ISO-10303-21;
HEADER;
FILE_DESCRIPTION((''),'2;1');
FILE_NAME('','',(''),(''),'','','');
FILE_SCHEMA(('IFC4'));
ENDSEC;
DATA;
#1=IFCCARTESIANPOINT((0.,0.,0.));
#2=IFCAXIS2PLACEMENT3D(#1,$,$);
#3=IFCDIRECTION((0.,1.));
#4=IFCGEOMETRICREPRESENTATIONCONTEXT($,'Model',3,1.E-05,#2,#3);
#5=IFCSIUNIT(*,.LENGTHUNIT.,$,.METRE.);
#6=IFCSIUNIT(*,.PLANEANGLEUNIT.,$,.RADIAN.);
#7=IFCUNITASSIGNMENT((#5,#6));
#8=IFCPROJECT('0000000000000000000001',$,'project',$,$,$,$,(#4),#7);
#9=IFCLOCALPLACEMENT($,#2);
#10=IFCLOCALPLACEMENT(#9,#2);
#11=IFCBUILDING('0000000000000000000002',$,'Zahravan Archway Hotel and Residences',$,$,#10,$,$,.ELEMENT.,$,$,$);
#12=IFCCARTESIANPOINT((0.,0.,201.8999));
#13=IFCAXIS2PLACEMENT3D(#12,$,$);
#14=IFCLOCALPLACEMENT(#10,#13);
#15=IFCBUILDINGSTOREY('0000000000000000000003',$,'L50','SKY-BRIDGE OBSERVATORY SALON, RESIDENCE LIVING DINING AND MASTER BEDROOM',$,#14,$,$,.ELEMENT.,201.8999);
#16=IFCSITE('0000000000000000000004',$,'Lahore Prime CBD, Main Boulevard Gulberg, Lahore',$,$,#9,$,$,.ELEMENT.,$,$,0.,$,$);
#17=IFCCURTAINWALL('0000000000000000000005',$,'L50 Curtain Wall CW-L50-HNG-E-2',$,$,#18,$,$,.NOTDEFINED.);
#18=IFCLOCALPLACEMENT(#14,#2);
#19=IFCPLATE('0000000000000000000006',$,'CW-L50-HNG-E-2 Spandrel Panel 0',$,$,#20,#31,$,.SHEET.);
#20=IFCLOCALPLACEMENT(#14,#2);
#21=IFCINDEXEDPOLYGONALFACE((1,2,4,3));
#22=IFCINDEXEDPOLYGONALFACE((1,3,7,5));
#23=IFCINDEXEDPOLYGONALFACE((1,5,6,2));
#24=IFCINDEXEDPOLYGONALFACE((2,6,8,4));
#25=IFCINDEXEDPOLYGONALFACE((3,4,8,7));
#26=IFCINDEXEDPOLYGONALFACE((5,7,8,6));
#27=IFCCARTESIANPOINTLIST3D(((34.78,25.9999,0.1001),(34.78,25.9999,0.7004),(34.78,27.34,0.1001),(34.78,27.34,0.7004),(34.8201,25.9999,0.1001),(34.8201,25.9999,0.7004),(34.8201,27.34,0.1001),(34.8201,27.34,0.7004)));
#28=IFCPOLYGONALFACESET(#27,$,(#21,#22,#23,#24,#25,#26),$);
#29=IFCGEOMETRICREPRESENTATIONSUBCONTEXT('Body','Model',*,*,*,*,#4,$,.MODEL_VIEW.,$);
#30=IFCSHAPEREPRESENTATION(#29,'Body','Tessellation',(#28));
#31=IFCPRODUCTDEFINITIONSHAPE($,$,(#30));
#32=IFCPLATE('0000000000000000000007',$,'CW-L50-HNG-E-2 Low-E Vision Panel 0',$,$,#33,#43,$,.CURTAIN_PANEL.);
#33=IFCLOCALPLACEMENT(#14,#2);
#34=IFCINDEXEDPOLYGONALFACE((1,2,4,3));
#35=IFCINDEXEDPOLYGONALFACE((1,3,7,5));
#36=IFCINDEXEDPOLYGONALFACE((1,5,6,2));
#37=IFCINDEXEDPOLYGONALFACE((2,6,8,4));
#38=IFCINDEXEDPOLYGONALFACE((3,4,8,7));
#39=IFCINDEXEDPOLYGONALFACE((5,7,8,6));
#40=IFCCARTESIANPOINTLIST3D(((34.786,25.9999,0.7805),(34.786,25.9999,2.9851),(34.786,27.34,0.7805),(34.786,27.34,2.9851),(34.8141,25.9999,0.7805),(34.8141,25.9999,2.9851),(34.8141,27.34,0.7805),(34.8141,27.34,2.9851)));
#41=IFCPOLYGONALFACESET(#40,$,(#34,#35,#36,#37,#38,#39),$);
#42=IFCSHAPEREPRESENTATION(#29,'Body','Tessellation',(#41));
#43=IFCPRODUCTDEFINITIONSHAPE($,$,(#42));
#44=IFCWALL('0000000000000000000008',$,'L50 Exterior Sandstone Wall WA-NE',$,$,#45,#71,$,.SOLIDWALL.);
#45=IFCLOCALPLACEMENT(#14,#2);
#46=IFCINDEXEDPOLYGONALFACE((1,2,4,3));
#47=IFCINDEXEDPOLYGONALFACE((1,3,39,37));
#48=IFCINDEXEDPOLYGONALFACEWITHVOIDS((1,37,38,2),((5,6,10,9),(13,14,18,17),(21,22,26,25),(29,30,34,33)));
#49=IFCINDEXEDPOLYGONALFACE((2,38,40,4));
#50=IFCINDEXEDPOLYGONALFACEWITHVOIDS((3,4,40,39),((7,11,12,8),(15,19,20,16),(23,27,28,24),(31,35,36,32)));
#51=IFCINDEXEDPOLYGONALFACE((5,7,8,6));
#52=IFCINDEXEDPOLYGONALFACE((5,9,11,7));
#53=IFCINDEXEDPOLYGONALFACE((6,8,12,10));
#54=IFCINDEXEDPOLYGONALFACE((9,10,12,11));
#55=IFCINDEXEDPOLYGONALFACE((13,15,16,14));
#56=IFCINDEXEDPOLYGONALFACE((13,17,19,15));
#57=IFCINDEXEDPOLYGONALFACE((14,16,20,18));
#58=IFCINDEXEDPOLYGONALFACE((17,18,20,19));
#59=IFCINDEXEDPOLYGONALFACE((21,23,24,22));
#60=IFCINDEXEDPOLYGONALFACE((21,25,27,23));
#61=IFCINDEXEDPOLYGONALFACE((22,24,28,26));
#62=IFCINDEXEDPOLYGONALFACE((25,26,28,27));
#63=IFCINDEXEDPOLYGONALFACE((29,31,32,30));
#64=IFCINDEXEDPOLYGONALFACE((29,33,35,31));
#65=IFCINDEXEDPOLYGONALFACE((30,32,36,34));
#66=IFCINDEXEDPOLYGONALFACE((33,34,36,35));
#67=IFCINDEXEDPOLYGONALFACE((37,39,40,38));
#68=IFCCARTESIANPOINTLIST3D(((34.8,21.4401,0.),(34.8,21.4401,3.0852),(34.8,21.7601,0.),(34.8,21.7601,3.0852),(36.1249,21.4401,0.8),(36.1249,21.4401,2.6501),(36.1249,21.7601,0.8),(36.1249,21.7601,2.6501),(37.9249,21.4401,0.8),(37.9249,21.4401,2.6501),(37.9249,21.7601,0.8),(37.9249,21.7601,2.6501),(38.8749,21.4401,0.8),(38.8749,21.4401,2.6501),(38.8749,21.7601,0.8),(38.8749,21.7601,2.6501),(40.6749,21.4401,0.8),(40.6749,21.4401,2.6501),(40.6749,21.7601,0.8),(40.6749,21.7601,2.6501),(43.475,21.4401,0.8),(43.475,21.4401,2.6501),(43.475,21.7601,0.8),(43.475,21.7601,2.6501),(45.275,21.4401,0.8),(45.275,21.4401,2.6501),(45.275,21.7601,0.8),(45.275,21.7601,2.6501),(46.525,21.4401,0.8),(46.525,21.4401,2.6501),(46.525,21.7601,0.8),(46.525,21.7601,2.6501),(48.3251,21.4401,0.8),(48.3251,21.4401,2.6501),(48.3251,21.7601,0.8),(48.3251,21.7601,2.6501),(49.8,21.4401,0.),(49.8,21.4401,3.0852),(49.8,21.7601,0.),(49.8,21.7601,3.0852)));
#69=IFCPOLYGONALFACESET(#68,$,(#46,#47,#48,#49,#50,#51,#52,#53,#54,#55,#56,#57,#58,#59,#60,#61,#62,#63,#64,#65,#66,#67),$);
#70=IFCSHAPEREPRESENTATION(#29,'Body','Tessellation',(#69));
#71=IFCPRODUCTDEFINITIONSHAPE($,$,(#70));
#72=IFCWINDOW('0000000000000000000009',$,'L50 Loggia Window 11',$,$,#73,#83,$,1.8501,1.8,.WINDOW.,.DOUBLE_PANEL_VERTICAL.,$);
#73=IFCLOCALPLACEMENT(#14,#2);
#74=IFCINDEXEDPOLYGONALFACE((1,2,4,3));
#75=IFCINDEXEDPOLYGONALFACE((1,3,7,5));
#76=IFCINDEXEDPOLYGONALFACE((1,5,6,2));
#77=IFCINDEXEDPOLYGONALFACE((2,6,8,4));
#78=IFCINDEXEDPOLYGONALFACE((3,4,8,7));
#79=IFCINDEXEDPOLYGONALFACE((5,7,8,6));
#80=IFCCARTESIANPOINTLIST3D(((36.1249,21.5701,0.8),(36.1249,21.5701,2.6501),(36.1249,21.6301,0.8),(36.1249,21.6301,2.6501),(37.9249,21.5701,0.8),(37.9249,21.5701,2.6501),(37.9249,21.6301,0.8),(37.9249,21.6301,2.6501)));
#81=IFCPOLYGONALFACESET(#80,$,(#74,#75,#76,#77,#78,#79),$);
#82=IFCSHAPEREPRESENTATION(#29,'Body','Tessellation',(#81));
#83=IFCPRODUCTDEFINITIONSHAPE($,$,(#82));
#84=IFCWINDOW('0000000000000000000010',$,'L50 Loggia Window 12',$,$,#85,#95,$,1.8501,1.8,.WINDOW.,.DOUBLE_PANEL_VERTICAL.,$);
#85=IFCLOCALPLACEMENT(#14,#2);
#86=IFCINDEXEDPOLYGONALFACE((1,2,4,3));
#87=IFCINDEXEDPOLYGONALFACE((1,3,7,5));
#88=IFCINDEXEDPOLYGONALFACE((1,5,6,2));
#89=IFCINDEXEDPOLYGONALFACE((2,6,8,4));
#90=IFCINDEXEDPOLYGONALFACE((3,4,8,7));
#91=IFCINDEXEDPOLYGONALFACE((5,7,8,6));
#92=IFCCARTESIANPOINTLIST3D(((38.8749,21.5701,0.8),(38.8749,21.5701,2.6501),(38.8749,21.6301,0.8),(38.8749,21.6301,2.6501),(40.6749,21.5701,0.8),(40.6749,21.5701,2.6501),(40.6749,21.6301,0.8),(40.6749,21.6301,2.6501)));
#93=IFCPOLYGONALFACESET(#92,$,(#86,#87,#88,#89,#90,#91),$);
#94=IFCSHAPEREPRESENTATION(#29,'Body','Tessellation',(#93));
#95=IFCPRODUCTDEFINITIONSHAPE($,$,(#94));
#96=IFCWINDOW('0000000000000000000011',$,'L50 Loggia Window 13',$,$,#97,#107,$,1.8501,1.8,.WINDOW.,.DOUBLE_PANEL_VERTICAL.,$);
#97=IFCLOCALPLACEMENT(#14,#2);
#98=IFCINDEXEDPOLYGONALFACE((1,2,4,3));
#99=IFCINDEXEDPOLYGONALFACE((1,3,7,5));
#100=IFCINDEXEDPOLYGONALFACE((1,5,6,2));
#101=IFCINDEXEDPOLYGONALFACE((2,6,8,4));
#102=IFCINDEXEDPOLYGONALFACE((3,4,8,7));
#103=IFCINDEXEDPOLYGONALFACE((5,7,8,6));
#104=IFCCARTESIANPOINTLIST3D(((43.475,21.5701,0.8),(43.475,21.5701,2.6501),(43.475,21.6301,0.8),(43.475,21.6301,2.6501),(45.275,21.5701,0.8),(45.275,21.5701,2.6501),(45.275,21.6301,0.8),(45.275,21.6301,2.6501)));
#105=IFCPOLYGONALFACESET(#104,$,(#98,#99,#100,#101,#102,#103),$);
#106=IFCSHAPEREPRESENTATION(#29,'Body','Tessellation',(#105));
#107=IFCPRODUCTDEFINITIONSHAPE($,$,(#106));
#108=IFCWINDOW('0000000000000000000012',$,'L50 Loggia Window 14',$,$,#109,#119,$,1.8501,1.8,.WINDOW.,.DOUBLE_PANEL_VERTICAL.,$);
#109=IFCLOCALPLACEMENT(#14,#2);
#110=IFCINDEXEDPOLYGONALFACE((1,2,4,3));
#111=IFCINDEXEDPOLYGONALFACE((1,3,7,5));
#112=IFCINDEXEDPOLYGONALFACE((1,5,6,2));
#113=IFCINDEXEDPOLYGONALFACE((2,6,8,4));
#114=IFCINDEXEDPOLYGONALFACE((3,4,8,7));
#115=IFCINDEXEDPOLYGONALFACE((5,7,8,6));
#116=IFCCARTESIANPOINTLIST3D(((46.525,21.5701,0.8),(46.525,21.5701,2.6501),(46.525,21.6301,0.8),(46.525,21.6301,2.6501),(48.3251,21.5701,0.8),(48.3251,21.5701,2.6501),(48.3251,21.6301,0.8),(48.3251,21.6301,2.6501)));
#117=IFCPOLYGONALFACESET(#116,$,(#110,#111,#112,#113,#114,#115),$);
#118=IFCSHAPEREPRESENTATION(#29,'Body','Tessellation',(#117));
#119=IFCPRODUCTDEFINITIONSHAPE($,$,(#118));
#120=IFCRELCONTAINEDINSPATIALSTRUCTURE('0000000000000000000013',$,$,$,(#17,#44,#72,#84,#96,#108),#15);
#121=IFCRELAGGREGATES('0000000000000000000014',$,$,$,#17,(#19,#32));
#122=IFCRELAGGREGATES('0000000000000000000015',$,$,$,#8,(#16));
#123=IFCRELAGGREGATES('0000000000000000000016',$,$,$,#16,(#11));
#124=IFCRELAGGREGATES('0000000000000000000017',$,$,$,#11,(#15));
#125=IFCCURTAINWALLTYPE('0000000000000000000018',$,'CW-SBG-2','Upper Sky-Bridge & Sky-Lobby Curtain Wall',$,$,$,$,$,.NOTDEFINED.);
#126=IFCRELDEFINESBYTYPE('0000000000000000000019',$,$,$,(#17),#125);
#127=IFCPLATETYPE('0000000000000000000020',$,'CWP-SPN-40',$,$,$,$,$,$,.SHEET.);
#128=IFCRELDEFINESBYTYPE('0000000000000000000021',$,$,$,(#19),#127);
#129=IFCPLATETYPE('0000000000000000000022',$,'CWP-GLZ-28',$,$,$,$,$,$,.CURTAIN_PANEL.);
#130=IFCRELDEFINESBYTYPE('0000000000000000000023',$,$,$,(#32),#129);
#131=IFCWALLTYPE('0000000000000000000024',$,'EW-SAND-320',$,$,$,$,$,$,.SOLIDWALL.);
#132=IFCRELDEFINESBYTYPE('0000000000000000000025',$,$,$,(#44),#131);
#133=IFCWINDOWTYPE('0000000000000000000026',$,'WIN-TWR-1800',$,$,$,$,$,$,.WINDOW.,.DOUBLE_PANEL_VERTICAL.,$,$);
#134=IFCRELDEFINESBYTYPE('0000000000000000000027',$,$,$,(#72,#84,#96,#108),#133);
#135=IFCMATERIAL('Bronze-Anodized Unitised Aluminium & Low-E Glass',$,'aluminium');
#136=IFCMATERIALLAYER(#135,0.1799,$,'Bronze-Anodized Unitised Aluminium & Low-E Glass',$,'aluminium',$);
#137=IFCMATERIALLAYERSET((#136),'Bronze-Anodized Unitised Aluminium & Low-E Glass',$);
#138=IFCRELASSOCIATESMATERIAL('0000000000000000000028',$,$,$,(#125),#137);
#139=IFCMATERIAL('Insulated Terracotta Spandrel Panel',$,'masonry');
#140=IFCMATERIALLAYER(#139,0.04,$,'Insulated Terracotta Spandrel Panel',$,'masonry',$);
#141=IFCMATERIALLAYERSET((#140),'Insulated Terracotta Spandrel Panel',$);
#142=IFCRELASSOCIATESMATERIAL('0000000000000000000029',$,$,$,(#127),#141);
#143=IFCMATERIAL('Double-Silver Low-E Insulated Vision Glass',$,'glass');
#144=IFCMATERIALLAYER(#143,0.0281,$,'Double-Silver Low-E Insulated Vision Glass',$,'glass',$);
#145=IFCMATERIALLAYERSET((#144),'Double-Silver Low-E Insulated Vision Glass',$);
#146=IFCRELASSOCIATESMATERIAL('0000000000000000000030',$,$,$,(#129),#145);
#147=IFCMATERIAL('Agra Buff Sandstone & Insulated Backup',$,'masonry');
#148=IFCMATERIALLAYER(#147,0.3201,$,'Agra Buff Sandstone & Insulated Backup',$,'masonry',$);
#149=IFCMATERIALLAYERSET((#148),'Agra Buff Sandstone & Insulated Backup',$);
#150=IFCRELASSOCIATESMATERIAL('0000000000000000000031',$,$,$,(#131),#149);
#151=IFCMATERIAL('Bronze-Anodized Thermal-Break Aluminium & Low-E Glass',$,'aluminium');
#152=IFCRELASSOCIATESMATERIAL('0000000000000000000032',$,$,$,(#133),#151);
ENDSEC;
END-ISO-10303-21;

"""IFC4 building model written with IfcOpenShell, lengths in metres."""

from ifc_helpers import new_model, si_unit, direction, frame, frame_2d, origin, origin_2d, place, context, subcontext, project, spatial, rectangle, extrude, source, transform, mapped, material, layer, layer_set, type_object, type_shapes, element, fill, aggregate, save


model = new_model("IFC4")

# Units and contexts
model_context = context("Model", 3, precision=1e-05, world=origin(), true_north=direction((0.0, 1.0)))
body_context = subcontext(model_context, "Body", "Model", "MODEL_VIEW")
ifc_project = project(units=[si_unit("LENGTHUNIT", "METRE"), si_unit("PLANEANGLEUNIT", "RADIAN")], contexts=[model_context])

# Site, building, storey
site_placement = place(None, origin())
site = spatial("IfcSite", under=ifc_project, at=site_placement, Name="Lahore Prime CBD, Main Boulevard Gulberg, Lahore", CompositionType="ELEMENT", RefElevation=0.0)
building_placement = place(site_placement, origin())
building = spatial("IfcBuilding", under=site, at=building_placement, Name="Zahravan Archway Hotel and Residences", CompositionType="ELEMENT")
storey_placement = place(building_placement, frame((0.0, 0.0, 201.8999)))
storey = spatial("IfcBuildingStorey", under=building, at=storey_placement, Name="L50", Description="SKY-BRIDGE OBSERVATORY SALON, RESIDENCE LIVING DINING AND MASTER BEDROOM", CompositionType="ELEMENT", Elevation=201.8999)

# Curtain wall
ifc_material_1 = material(Name="Bronze-Anodized Unitised Aluminium & Low-E Glass", Category="aluminium")
ifc_layer_1 = layer(ifc_material_1, 0.1799, Name="Bronze-Anodized Unitised Aluminium & Low-E Glass", Category="aluminium")
ifc_layer_set_1 = layer_set([ifc_layer_1], Name="Bronze-Anodized Unitised Aluminium & Low-E Glass")
curtain_wall_type = type_object("IfcCurtainWallType", Name="CW-SBG-2", Description="Upper Sky-Bridge & Sky-Lobby Curtain Wall", PredefinedType="NOTDEFINED", material=ifc_layer_set_1)
curtain_wall_1_placement = place(storey_placement, origin())
curtain_wall_1 = element("IfcCurtainWall", 1, at=curtain_wall_1_placement, inside=storey, type_object=curtain_wall_type, Name="L50 Curtain Wall CW-L50-HNG-E-2", PredefinedType="NOTDEFINED")

# Plates
ifc_material_2 = material(Name="Insulated Terracotta Spandrel Panel", Category="masonry")
ifc_layer_2 = layer(ifc_material_2, 0.04, Name="Insulated Terracotta Spandrel Panel", Category="masonry")
ifc_layer_set_2 = layer_set([ifc_layer_2], Name="Insulated Terracotta Spandrel Panel")
plate_type_1 = type_object("IfcPlateType", Name="CWP-SPN-40", PredefinedType="SHEET", material=ifc_layer_set_2)
ifc_material_3 = material(Name="Double-Silver Low-E Insulated Vision Glass", Category="glass")
ifc_layer_3 = layer(ifc_material_3, 0.0281, Name="Double-Silver Low-E Insulated Vision Glass", Category="glass")
ifc_layer_set_3 = layer_set([ifc_layer_3], Name="Double-Silver Low-E Insulated Vision Glass")
plate_type_2 = type_object("IfcPlateType", Name="CWP-GLZ-28", PredefinedType="CURTAIN_PANEL", material=ifc_layer_set_3)
shared_shape_1 = source(origin(), body_context, "Body", "SweptSolid", [
    extrude(rectangle(XDim=1.3401, YDim=0.04, at=origin_2d()), origin(), (0.0, 0.0, 1.0), 0.6003),
])
plate_1_placement = place(storey_placement, frame((34.8, 26.6699, 0.1001), z_axis=(0.0, 0.0, 1.0), x_axis=(0.0, 1.0, 0.0)))
plate_1 = element("IfcPlate", 2, at=plate_1_placement, type_object=plate_type_1, Name="CW-L50-HNG-E-2 Spandrel Panel 0", PredefinedType="SHEET", context=body_context, shape_type="MappedRepresentation", body=[
    mapped(shared_shape_1, transform((0.0, 0.0, 0.0), scale=1.0)),
])
shared_shape_2 = source(origin(), body_context, "Body", "SweptSolid", [
    extrude(rectangle(XDim=1.3401, YDim=0.0281, at=origin_2d()), origin(), (0.0, 0.0, 1.0), 2.2046),
])
plate_2_placement = place(storey_placement, frame((34.8, 26.6699, 0.7805), z_axis=(0.0, 0.0, 1.0), x_axis=(0.0, 1.0, 0.0)))
plate_2 = element("IfcPlate", 3, at=plate_2_placement, type_object=plate_type_2, Name="CW-L50-HNG-E-2 Low-E Vision Panel 0", PredefinedType="CURTAIN_PANEL", context=body_context, shape_type="MappedRepresentation", body=[
    mapped(shared_shape_2, transform((0.0, 0.0, 0.0), scale=1.0)),
])
aggregate(curtain_wall_1, [plate_1, plate_2])

# Wall, openings, windows
ifc_material_4 = material(Name="Agra Buff Sandstone & Insulated Backup", Category="masonry")
ifc_layer_4 = layer(ifc_material_4, 0.3201, Name="Agra Buff Sandstone & Insulated Backup", Category="masonry")
ifc_layer_set_4 = layer_set([ifc_layer_4], Name="Agra Buff Sandstone & Insulated Backup")
wall_type = type_object("IfcWallType", Name="EW-SAND-320", PredefinedType="SOLIDWALL", material=ifc_layer_set_4)
wall_placement = place(storey_placement, frame((34.8, 21.6001, 0.0), z_axis=(0.0, 0.0, 1.0), x_axis=(1.0, 0.0, 0.0)))
wall = element("IfcWall", 4, at=wall_placement, inside=storey, type_object=wall_type, Name="L50 Exterior Sandstone Wall WA-NE", PredefinedType="SOLIDWALL", context=body_context, shape_type="SweptSolid", body=[
    extrude(rectangle(XDim=15.0, YDim=0.3201, at=frame_2d((7.5, 0.0))), origin(), (0.0, 0.0, 1.0), 3.0852),
])
opening_1_placement = place(wall_placement, frame((1.325, 0.0, 0.8)))
opening_1 = element("IfcOpeningElement", 5, at=opening_1_placement, cuts=wall, PredefinedType="OPENING", context=body_context, shape_type="SweptSolid", body=[
    extrude(rectangle(XDim=1.8, YDim=1.8501, at=frame_2d((0.8999, 0.925))), frame((0.0, 0.1699, 0.0), z_axis=(0.0, -1.0, 0.0), x_axis=(1.0, 0.0, 0.0)), (0.0, 0.0, 1.0), 0.3401),
])
opening_2_placement = place(wall_placement, frame((4.075, 0.0, 0.8)))
opening_2 = element("IfcOpeningElement", 6, at=opening_2_placement, cuts=wall, PredefinedType="OPENING", context=body_context, shape_type="SweptSolid", body=[
    extrude(rectangle(XDim=1.8, YDim=1.8501, at=frame_2d((0.8999, 0.925))), frame((0.0, 0.1699, 0.0), z_axis=(0.0, -1.0, 0.0), x_axis=(1.0, 0.0, 0.0)), (0.0, 0.0, 1.0), 0.3401),
])
opening_3_placement = place(wall_placement, frame((8.675, 0.0, 0.8)))
opening_3 = element("IfcOpeningElement", 7, at=opening_3_placement, cuts=wall, PredefinedType="OPENING", context=body_context, shape_type="SweptSolid", body=[
    extrude(rectangle(XDim=1.8, YDim=1.8501, at=frame_2d((0.8999, 0.925))), frame((0.0, 0.1699, 0.0), z_axis=(0.0, -1.0, 0.0), x_axis=(1.0, 0.0, 0.0)), (0.0, 0.0, 1.0), 0.3401),
])
opening_4_placement = place(wall_placement, frame((11.7251, 0.0, 0.8)))
opening_4 = element("IfcOpeningElement", 8, at=opening_4_placement, cuts=wall, PredefinedType="OPENING", context=body_context, shape_type="SweptSolid", body=[
    extrude(rectangle(XDim=1.8, YDim=1.8501, at=frame_2d((0.8999, 0.925))), frame((0.0, 0.1699, 0.0), z_axis=(0.0, -1.0, 0.0), x_axis=(1.0, 0.0, 0.0)), (0.0, 0.0, 1.0), 0.3401),
])
ifc_material_5 = material(Name="Bronze-Anodized Thermal-Break Aluminium & Low-E Glass", Category="aluminium")
window_type = type_object("IfcWindowType", Name="WIN-TWR-1800", PartitioningType="DOUBLE_PANEL_VERTICAL", PredefinedType="WINDOW", material=ifc_material_5)
shared_shape_3 = source(origin(), body_context, "Body", "SweptSolid", [
    extrude(rectangle(XDim=1.8, YDim=1.8501, at=frame_2d((0.8999, 0.925))), frame((0.0, 0.03, 0.0), z_axis=(0.0, -1.0, 0.0), x_axis=(1.0, 0.0, 0.0)), (0.0, 0.0, 1.0), 0.0601),
])
type_shapes(window_type, [shared_shape_3])
window_1_placement = place(opening_1_placement, origin())
window_1 = element("IfcWindow", 9, at=window_1_placement, inside=storey, type_object=window_type, Name="L50 Loggia Window 11", OverallHeight=1.8501, OverallWidth=1.8, PartitioningType="DOUBLE_PANEL_VERTICAL", PredefinedType="WINDOW", context=body_context, shape_type="MappedRepresentation", body=[
    mapped(shared_shape_3, transform((0.0, 0.0, 0.0), scale=1.0)),
])
fill(opening_1, window_1)
window_2_placement = place(opening_2_placement, origin())
window_2 = element("IfcWindow", 10, at=window_2_placement, inside=storey, type_object=window_type, Name="L50 Loggia Window 12", OverallHeight=1.8501, OverallWidth=1.8, PartitioningType="DOUBLE_PANEL_VERTICAL", PredefinedType="WINDOW", context=body_context, shape_type="MappedRepresentation", body=[
    mapped(shared_shape_3, transform((0.0, 0.0, 0.0), scale=1.0)),
])
fill(opening_2, window_2)
window_3_placement = place(opening_3_placement, origin())
window_3 = element("IfcWindow", 11, at=window_3_placement, inside=storey, type_object=window_type, Name="L50 Loggia Window 13", OverallHeight=1.8501, OverallWidth=1.8, PartitioningType="DOUBLE_PANEL_VERTICAL", PredefinedType="WINDOW", context=body_context, shape_type="MappedRepresentation", body=[
    mapped(shared_shape_3, transform((0.0, 0.0, 0.0), scale=1.0)),
])
fill(opening_3, window_3)
window_4_placement = place(opening_4_placement, origin())
window_4 = element("IfcWindow", 12, at=window_4_placement, inside=storey, type_object=window_type, Name="L50 Loggia Window 14", OverallHeight=1.8501, OverallWidth=1.8, PartitioningType="DOUBLE_PANEL_VERTICAL", PredefinedType="WINDOW", context=body_context, shape_type="MappedRepresentation", body=[
    mapped(shared_shape_3, transform((0.0, 0.0, 0.0), scale=1.0)),
])
fill(opening_4, window_4)

save(model, "model.ifc")
